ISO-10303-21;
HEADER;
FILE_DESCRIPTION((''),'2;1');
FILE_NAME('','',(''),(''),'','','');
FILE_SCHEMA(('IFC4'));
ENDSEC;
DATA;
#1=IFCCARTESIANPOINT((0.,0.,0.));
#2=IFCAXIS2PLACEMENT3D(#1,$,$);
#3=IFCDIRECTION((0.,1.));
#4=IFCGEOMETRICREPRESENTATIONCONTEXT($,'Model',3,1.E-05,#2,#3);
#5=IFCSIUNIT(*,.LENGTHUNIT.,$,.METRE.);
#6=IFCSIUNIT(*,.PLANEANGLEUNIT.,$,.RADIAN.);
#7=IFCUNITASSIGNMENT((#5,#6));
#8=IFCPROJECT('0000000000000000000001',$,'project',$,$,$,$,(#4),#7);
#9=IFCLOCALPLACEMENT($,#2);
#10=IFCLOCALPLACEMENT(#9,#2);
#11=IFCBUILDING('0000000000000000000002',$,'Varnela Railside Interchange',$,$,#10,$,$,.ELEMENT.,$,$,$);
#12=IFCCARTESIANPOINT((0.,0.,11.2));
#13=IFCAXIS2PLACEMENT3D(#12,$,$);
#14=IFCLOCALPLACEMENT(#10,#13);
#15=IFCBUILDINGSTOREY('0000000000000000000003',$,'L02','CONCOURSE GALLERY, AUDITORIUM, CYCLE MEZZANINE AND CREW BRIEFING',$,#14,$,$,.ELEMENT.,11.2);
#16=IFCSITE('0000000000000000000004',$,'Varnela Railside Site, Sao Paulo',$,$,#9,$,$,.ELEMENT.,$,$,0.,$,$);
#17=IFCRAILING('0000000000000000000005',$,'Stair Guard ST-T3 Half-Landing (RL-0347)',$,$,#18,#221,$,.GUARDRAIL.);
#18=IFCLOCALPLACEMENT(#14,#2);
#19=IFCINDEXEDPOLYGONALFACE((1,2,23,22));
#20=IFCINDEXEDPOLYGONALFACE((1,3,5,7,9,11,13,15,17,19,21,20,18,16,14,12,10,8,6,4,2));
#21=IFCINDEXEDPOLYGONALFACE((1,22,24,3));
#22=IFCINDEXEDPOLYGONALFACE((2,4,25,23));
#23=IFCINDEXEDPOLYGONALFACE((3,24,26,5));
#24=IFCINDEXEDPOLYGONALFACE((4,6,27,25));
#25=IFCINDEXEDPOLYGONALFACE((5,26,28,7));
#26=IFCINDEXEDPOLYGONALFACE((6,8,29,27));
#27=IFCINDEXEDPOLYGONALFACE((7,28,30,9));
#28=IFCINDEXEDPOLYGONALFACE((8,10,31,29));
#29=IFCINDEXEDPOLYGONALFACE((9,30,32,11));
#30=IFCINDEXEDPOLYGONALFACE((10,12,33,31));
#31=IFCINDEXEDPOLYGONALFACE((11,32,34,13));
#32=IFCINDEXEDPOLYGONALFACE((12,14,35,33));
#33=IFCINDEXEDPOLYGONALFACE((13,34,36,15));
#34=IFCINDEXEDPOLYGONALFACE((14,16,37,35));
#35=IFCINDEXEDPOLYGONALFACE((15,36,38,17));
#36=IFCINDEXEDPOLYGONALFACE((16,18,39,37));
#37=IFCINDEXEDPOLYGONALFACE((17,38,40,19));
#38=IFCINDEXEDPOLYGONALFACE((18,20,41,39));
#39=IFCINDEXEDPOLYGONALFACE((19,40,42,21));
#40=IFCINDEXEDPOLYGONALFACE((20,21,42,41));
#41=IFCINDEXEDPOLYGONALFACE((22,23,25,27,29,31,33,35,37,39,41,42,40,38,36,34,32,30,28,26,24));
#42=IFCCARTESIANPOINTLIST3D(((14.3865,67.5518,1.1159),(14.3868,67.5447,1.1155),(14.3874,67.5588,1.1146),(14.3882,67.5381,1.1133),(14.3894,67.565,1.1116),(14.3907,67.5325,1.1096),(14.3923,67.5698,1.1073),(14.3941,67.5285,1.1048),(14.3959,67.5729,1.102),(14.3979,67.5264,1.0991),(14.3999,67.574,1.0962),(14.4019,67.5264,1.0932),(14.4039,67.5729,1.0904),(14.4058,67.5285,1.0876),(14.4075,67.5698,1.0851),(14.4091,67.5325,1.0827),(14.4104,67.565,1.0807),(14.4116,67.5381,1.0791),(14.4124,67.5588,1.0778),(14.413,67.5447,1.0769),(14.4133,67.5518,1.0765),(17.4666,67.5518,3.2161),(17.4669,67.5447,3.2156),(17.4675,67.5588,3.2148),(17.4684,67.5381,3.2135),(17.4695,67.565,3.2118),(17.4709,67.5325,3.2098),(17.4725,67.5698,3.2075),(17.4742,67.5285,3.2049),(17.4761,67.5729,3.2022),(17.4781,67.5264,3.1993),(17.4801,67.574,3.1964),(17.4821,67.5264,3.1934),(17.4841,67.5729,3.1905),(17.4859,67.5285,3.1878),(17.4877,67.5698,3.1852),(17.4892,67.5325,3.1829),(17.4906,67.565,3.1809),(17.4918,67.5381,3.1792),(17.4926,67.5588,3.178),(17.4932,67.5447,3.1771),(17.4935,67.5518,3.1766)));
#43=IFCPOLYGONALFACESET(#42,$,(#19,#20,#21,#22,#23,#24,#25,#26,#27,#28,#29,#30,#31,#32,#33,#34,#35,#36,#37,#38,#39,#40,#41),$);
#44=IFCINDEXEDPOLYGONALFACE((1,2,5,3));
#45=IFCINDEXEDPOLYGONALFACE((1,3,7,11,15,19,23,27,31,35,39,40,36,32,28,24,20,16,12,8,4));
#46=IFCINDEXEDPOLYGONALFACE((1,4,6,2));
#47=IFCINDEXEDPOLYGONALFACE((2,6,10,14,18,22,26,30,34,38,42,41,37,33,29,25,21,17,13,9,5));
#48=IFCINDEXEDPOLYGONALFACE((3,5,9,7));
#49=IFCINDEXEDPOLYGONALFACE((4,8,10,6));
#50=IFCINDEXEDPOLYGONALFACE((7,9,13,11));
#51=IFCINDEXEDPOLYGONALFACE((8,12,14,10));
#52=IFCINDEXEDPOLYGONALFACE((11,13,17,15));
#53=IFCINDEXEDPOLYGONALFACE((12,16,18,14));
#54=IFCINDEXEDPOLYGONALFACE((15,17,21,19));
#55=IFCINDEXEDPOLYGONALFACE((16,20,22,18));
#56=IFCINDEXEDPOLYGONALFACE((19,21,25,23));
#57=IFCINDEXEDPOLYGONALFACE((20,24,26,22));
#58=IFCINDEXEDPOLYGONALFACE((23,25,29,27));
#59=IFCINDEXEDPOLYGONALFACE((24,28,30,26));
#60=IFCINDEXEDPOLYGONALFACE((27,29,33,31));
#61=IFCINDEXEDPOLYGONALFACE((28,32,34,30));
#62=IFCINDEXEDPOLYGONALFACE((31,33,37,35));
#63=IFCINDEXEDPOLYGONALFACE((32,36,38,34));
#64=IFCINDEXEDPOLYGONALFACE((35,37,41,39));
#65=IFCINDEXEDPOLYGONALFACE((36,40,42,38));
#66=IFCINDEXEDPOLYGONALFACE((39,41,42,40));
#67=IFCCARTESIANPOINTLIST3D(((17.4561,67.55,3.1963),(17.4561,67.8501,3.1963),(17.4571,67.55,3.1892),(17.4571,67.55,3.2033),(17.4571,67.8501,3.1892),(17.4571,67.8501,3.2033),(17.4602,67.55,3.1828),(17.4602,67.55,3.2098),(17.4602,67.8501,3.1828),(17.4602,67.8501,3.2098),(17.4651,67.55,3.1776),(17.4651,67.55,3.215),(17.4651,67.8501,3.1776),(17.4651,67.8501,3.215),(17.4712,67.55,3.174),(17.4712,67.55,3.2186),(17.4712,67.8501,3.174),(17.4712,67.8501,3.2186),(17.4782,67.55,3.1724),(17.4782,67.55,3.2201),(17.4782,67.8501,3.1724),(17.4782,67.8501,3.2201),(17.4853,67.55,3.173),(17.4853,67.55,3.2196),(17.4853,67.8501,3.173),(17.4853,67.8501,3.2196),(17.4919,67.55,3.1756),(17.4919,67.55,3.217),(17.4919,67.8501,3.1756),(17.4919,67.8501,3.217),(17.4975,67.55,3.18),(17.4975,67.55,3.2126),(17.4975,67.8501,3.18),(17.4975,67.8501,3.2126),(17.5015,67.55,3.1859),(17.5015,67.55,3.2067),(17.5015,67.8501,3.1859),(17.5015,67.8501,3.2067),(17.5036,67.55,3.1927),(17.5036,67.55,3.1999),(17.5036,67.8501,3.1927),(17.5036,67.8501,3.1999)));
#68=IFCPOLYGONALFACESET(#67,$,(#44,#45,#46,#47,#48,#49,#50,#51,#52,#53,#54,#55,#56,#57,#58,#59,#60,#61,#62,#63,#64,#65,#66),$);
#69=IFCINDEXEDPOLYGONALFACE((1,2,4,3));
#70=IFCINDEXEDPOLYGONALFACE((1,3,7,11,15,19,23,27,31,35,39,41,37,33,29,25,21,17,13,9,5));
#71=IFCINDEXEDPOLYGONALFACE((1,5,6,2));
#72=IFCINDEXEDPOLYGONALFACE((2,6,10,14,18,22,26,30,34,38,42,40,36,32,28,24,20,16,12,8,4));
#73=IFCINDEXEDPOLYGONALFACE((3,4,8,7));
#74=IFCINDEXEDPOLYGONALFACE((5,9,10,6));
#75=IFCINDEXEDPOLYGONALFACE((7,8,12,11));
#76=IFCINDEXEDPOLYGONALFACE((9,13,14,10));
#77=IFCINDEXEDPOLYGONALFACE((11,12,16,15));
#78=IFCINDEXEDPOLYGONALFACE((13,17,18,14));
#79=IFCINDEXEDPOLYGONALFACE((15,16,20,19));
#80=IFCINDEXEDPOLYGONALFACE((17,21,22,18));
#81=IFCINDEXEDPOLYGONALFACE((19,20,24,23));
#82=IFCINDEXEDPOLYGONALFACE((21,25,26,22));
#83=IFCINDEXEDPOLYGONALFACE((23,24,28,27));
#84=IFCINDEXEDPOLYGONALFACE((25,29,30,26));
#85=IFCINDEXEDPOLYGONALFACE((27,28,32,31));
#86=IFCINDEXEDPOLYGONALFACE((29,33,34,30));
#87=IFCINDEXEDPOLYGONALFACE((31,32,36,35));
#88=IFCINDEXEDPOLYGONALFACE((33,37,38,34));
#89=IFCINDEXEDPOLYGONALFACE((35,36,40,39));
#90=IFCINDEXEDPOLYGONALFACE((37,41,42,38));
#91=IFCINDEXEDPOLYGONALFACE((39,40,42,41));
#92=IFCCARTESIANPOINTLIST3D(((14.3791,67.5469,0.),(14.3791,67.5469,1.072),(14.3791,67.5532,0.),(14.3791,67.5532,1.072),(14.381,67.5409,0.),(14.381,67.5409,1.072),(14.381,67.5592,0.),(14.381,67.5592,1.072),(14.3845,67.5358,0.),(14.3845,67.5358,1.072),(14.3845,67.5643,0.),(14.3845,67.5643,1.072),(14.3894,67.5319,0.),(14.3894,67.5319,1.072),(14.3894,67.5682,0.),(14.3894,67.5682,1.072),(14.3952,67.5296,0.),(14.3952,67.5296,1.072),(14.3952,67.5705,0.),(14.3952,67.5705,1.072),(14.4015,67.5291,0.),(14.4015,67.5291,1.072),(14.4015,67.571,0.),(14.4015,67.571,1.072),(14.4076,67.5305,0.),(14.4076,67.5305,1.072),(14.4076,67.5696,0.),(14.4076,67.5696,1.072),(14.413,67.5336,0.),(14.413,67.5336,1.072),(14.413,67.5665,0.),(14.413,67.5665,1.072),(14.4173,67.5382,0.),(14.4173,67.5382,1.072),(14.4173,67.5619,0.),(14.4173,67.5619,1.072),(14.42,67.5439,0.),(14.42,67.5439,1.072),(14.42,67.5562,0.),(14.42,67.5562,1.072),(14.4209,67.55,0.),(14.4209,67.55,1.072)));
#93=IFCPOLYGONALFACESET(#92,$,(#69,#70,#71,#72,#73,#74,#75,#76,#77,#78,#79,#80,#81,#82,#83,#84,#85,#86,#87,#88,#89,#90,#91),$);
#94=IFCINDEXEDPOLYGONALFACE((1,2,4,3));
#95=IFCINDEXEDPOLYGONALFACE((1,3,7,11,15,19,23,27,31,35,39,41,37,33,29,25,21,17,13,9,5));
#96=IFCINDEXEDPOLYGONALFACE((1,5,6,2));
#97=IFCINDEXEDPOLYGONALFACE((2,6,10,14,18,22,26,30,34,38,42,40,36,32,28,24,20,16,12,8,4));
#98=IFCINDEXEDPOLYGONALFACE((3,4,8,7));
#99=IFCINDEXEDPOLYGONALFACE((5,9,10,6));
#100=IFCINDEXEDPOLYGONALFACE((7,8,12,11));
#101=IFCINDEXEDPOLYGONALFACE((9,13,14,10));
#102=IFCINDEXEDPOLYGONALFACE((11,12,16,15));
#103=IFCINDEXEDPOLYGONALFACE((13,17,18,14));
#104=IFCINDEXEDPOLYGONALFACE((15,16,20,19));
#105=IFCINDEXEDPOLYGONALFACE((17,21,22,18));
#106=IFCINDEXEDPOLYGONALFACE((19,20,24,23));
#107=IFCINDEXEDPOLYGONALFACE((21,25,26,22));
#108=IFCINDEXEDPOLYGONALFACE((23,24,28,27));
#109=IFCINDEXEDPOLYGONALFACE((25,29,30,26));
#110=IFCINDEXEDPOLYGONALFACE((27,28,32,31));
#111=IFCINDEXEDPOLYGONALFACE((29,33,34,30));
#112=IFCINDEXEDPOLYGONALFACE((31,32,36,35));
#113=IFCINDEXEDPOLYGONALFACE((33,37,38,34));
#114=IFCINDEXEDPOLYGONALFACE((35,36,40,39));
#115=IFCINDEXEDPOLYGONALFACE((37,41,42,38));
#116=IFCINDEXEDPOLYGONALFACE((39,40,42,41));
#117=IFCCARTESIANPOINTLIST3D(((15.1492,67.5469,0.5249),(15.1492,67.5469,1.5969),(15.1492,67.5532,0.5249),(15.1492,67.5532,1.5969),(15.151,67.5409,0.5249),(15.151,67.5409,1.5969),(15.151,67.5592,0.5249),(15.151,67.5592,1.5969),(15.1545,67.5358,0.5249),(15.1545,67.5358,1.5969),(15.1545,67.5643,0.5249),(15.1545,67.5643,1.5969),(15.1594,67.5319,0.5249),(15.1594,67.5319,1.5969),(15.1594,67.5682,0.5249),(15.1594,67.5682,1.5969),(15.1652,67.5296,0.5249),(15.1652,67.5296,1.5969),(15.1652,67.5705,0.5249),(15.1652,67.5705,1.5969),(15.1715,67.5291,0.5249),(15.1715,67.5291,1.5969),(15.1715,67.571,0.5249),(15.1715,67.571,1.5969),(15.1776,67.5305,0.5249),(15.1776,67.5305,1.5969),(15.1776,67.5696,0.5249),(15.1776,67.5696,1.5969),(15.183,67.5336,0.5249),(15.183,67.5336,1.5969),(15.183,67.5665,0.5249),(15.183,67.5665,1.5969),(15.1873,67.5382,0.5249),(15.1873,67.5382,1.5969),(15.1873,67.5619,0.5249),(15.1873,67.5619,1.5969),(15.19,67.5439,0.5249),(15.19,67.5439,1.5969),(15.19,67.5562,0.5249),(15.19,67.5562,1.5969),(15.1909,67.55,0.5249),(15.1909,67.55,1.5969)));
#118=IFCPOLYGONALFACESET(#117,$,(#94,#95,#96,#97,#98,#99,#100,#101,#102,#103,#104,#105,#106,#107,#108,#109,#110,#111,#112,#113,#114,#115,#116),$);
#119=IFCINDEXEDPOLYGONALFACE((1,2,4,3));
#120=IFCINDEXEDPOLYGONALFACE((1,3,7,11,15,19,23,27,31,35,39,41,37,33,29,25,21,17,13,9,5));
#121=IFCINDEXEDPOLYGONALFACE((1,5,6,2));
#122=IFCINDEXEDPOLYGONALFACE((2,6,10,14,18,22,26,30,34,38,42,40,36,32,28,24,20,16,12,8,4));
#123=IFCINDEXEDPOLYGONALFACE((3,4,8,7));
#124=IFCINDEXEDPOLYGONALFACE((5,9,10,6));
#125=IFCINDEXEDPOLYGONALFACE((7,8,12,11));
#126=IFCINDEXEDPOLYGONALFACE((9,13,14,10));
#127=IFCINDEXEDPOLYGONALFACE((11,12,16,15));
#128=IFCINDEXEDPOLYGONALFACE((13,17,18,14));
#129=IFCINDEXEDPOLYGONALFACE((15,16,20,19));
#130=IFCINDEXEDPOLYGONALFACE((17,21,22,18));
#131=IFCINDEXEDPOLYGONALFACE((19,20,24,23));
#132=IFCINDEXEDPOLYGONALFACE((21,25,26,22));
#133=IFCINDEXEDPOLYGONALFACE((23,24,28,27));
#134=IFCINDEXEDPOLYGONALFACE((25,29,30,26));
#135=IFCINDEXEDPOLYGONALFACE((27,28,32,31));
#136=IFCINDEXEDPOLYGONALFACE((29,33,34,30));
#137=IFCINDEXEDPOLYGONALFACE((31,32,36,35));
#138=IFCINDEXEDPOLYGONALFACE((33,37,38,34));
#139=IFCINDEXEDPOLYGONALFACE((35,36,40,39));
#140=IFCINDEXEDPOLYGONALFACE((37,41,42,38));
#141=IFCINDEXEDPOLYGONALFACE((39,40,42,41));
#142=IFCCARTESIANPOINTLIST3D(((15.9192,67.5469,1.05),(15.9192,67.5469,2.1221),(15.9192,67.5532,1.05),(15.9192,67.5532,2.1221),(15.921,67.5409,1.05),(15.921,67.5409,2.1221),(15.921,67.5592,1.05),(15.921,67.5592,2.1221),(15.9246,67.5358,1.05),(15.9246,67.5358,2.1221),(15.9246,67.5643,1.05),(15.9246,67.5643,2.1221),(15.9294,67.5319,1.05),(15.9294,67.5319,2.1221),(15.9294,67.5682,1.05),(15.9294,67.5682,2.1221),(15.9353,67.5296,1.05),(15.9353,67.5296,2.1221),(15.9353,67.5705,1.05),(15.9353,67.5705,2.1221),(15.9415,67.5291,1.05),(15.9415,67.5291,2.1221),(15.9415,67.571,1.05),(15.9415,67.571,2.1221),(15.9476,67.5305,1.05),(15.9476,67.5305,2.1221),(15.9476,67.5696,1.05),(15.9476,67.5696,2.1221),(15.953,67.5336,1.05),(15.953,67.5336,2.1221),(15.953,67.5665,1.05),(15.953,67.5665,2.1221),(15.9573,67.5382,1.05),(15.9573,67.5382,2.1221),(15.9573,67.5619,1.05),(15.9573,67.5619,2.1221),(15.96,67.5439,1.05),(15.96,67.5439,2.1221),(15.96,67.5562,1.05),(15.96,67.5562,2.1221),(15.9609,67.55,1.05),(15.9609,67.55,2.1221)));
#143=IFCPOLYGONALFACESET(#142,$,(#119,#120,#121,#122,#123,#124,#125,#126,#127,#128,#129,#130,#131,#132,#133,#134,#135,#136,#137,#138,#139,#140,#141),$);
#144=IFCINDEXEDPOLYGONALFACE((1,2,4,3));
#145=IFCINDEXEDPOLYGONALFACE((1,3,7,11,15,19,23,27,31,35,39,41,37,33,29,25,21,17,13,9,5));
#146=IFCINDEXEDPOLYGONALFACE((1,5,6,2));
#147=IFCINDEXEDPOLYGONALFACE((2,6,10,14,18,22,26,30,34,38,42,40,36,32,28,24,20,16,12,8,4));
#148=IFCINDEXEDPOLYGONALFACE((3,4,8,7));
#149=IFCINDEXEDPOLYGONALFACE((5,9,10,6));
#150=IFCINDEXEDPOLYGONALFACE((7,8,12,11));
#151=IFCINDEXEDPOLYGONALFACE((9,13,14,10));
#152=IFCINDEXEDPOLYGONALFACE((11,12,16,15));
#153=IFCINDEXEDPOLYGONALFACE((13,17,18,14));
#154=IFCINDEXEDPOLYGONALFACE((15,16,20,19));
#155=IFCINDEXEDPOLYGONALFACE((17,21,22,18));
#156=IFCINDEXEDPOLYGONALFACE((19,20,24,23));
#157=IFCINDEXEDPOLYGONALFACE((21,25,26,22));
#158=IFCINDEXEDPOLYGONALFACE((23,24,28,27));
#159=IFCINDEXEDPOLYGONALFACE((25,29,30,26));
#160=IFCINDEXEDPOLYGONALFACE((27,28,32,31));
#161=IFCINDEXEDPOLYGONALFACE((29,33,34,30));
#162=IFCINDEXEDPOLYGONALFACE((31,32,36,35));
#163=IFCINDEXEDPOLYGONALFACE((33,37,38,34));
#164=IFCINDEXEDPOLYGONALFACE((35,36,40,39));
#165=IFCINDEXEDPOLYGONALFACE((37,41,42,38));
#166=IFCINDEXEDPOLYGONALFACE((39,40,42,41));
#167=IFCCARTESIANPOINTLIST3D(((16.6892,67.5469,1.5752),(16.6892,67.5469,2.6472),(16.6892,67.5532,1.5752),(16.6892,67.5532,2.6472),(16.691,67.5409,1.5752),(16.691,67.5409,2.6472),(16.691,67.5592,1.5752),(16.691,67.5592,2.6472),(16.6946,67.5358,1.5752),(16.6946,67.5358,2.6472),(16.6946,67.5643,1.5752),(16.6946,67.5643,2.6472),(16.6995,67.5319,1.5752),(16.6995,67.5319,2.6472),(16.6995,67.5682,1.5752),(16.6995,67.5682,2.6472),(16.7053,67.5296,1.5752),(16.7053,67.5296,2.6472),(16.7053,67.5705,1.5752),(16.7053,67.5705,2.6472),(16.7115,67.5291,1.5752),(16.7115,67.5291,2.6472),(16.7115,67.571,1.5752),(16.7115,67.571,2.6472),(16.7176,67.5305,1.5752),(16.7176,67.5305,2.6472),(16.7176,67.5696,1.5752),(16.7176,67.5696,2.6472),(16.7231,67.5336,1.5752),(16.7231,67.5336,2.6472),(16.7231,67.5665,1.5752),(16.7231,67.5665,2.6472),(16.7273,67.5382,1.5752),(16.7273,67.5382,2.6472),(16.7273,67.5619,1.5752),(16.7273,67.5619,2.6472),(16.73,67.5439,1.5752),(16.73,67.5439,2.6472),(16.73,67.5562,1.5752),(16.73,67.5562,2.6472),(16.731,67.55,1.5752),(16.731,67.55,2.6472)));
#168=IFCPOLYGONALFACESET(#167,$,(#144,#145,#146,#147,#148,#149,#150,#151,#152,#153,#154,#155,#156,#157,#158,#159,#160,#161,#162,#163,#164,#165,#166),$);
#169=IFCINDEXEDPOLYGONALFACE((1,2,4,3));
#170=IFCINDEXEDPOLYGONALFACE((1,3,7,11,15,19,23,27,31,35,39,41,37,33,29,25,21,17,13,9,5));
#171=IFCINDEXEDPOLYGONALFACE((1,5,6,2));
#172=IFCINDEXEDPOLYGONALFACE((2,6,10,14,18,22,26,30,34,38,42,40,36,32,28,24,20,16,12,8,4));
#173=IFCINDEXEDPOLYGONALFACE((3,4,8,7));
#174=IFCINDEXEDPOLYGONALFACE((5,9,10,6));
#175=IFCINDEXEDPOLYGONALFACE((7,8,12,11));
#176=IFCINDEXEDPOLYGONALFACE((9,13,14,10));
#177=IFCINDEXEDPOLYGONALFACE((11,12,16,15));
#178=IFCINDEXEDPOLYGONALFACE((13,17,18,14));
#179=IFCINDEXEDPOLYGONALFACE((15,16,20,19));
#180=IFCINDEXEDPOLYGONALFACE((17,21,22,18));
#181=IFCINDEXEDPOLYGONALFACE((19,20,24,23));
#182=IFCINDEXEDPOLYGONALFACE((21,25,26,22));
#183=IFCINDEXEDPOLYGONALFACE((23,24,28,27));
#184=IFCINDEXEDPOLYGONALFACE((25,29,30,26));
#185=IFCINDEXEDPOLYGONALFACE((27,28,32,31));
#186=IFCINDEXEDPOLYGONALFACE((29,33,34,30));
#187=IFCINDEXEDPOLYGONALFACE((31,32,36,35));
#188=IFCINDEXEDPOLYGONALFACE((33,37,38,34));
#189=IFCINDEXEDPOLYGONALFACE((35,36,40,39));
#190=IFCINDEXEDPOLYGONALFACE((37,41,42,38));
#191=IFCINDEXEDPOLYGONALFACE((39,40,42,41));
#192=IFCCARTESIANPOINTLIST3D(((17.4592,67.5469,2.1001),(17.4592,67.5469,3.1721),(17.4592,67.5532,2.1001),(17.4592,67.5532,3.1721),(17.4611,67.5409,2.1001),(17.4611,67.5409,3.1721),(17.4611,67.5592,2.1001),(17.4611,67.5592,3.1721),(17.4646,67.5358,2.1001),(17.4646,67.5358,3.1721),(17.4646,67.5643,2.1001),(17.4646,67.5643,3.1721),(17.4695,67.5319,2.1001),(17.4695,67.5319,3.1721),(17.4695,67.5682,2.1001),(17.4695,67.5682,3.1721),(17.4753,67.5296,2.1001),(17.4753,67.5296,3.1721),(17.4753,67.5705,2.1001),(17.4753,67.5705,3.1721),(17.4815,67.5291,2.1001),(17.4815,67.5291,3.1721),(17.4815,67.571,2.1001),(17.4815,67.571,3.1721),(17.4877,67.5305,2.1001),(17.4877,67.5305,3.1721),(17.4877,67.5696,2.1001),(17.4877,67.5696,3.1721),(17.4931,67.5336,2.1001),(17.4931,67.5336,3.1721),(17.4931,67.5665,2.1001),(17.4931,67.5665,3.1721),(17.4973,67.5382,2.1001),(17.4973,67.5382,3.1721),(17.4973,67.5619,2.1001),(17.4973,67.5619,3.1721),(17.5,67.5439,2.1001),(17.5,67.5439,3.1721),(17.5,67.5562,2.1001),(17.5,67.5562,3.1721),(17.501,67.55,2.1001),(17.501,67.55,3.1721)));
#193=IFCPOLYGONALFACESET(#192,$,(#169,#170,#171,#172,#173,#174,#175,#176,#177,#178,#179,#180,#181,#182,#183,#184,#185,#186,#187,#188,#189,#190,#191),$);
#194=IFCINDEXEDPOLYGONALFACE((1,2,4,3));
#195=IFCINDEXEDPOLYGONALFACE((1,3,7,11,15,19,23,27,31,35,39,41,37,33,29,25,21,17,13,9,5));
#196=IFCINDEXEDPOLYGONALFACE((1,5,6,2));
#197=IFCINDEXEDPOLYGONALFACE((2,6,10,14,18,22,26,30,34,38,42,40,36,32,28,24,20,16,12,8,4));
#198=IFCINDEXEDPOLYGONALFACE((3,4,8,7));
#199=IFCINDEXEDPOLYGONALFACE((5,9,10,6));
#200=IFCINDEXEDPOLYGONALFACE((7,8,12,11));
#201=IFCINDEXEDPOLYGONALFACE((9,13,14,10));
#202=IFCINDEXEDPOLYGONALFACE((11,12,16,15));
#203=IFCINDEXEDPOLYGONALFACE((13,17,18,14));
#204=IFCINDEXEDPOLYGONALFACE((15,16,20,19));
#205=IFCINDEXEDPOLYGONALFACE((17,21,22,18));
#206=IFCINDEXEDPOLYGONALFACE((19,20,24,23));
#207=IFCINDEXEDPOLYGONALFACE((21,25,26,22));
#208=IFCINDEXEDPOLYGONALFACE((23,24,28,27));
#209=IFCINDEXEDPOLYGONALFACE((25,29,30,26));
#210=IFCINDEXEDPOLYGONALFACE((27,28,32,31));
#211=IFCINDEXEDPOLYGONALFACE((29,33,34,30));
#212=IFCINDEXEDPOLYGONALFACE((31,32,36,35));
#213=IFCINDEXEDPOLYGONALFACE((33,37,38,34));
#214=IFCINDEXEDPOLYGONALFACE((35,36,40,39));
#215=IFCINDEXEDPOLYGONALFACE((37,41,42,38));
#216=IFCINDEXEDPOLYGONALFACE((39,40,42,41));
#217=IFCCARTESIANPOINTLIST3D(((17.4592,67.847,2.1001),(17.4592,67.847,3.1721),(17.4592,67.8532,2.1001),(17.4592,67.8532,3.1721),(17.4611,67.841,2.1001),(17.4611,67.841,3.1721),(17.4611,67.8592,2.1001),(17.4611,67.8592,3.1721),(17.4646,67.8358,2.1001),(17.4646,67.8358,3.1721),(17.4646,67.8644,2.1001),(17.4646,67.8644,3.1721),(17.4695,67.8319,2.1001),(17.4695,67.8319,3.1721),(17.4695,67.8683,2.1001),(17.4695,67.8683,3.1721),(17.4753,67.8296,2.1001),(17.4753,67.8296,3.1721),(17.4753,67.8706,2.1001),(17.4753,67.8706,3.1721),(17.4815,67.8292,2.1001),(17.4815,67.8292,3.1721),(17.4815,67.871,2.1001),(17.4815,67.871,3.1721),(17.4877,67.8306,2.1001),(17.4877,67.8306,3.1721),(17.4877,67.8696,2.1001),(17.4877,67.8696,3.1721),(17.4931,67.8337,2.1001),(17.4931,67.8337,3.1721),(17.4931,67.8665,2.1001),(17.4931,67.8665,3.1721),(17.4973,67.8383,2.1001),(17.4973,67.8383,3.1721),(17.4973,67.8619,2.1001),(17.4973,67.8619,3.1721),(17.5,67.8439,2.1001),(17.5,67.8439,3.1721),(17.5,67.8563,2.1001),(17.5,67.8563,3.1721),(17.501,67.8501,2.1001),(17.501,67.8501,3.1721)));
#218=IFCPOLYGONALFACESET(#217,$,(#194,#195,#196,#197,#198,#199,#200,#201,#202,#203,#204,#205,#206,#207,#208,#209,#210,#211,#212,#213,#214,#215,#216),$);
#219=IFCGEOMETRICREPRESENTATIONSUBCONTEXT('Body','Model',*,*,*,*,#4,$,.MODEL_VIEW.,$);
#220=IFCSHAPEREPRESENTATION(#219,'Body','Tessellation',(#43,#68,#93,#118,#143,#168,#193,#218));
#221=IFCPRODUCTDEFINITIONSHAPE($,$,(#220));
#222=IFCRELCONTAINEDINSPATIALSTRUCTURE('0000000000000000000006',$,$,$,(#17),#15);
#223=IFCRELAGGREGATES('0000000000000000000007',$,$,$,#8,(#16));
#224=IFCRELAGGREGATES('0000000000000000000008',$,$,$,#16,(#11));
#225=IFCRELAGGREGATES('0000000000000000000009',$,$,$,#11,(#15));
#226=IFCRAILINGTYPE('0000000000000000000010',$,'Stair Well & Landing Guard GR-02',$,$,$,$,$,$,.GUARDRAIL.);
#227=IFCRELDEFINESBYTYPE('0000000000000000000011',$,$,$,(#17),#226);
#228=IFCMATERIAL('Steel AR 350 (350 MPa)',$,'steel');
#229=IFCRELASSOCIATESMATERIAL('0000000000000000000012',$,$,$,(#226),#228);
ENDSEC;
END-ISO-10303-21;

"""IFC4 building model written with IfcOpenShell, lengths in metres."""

from ifc_helpers import new_model, si_unit, direction, frame, origin, origin_2d, place, context, subcontext, project, spatial, circle, extrude, material, type_object, element, save


model = new_model("IFC4")

# Units and contexts
model_context = context("Model", 3, precision=1e-05, world=origin(), true_north=direction((0.0, 1.0)))
body_context = subcontext(model_context, "Body", "Model", "MODEL_VIEW")
ifc_project = project(units=[si_unit("LENGTHUNIT", "METRE"), si_unit("PLANEANGLEUNIT", "RADIAN")], contexts=[model_context])

# Site, building, storey
site_placement = place(None, origin())
site = spatial("IfcSite", under=ifc_project, at=site_placement, Name="Varnela Railside Site, Sao Paulo", CompositionType="ELEMENT", RefElevation=0.0)
building_placement = place(site_placement, origin())
building = spatial("IfcBuilding", under=site, at=building_placement, Name="Varnela Railside Interchange", CompositionType="ELEMENT")
storey_placement = place(building_placement, frame((0.0, 0.0, 11.2)))
storey = spatial("IfcBuildingStorey", under=building, at=storey_placement, Name="L02", Description="CONCOURSE GALLERY, AUDITORIUM, CYCLE MEZZANINE AND CREW BRIEFING", CompositionType="ELEMENT", Elevation=11.2)

# Shared definitions
ifc_material_1 = material(Name="Steel AR 350 (350 MPa)", Category="steel")

# Railing
railing_type_1 = type_object("IfcRailingType", Name="Stair Well & Landing Guard GR-02", PredefinedType="GUARDRAIL", material=ifc_material_1)
railing_1_placement = place(storey_placement, frame((14.3999, 67.55, 0.0)))
element("IfcRailing", 1, at=railing_1_placement, inside=storey, type_object=railing_type_1, Name="Stair Guard ST-T3 Half-Landing (RL-0347)", PredefinedType="GUARDRAIL", context=body_context, shape_type="SweptSolid", body=[
    extrude(circle(Radius=0.0239, at=origin_2d()), frame((0.0, 0.0, 1.0962), z_axis=(0.826222, 0.0, 0.563345), x_axis=(0.0, 1.0, 0.0)), (0.0, 0.0, 1.0), 3.728),
    extrude(circle(Radius=0.0239, at=origin_2d()), frame((3.0801, 0.0, 3.1963), z_axis=(0.0, 1.0, 0.0), x_axis=(-1.0, 0.0, 0.0)), (0.0, 0.0, 1.0), 0.3),
    extrude(circle(Radius=0.021, at=origin_2d()), origin(), (0.0, 0.0, 1.0), 1.072),
    extrude(circle(Radius=0.021, at=origin_2d()), frame((0.77, 0.0, 0.5249)), (0.0, 0.0, 1.0), 1.072),
    extrude(circle(Radius=0.021, at=origin_2d()), frame((1.54, 0.0, 1.05)), (0.0, 0.0, 1.0), 1.072),
    extrude(circle(Radius=0.021, at=origin_2d()), frame((2.3101, 0.0, 1.5752)), (0.0, 0.0, 1.0), 1.072),
    extrude(circle(Radius=0.021, at=origin_2d()), frame((3.0801, 0.0, 2.1001)), (0.0, 0.0, 1.0), 1.072),
    extrude(circle(Radius=0.021, at=origin_2d()), frame((3.0801, 0.3, 2.1001)), (0.0, 0.0, 1.0), 1.072),
])

save(model, "model.ifc")
